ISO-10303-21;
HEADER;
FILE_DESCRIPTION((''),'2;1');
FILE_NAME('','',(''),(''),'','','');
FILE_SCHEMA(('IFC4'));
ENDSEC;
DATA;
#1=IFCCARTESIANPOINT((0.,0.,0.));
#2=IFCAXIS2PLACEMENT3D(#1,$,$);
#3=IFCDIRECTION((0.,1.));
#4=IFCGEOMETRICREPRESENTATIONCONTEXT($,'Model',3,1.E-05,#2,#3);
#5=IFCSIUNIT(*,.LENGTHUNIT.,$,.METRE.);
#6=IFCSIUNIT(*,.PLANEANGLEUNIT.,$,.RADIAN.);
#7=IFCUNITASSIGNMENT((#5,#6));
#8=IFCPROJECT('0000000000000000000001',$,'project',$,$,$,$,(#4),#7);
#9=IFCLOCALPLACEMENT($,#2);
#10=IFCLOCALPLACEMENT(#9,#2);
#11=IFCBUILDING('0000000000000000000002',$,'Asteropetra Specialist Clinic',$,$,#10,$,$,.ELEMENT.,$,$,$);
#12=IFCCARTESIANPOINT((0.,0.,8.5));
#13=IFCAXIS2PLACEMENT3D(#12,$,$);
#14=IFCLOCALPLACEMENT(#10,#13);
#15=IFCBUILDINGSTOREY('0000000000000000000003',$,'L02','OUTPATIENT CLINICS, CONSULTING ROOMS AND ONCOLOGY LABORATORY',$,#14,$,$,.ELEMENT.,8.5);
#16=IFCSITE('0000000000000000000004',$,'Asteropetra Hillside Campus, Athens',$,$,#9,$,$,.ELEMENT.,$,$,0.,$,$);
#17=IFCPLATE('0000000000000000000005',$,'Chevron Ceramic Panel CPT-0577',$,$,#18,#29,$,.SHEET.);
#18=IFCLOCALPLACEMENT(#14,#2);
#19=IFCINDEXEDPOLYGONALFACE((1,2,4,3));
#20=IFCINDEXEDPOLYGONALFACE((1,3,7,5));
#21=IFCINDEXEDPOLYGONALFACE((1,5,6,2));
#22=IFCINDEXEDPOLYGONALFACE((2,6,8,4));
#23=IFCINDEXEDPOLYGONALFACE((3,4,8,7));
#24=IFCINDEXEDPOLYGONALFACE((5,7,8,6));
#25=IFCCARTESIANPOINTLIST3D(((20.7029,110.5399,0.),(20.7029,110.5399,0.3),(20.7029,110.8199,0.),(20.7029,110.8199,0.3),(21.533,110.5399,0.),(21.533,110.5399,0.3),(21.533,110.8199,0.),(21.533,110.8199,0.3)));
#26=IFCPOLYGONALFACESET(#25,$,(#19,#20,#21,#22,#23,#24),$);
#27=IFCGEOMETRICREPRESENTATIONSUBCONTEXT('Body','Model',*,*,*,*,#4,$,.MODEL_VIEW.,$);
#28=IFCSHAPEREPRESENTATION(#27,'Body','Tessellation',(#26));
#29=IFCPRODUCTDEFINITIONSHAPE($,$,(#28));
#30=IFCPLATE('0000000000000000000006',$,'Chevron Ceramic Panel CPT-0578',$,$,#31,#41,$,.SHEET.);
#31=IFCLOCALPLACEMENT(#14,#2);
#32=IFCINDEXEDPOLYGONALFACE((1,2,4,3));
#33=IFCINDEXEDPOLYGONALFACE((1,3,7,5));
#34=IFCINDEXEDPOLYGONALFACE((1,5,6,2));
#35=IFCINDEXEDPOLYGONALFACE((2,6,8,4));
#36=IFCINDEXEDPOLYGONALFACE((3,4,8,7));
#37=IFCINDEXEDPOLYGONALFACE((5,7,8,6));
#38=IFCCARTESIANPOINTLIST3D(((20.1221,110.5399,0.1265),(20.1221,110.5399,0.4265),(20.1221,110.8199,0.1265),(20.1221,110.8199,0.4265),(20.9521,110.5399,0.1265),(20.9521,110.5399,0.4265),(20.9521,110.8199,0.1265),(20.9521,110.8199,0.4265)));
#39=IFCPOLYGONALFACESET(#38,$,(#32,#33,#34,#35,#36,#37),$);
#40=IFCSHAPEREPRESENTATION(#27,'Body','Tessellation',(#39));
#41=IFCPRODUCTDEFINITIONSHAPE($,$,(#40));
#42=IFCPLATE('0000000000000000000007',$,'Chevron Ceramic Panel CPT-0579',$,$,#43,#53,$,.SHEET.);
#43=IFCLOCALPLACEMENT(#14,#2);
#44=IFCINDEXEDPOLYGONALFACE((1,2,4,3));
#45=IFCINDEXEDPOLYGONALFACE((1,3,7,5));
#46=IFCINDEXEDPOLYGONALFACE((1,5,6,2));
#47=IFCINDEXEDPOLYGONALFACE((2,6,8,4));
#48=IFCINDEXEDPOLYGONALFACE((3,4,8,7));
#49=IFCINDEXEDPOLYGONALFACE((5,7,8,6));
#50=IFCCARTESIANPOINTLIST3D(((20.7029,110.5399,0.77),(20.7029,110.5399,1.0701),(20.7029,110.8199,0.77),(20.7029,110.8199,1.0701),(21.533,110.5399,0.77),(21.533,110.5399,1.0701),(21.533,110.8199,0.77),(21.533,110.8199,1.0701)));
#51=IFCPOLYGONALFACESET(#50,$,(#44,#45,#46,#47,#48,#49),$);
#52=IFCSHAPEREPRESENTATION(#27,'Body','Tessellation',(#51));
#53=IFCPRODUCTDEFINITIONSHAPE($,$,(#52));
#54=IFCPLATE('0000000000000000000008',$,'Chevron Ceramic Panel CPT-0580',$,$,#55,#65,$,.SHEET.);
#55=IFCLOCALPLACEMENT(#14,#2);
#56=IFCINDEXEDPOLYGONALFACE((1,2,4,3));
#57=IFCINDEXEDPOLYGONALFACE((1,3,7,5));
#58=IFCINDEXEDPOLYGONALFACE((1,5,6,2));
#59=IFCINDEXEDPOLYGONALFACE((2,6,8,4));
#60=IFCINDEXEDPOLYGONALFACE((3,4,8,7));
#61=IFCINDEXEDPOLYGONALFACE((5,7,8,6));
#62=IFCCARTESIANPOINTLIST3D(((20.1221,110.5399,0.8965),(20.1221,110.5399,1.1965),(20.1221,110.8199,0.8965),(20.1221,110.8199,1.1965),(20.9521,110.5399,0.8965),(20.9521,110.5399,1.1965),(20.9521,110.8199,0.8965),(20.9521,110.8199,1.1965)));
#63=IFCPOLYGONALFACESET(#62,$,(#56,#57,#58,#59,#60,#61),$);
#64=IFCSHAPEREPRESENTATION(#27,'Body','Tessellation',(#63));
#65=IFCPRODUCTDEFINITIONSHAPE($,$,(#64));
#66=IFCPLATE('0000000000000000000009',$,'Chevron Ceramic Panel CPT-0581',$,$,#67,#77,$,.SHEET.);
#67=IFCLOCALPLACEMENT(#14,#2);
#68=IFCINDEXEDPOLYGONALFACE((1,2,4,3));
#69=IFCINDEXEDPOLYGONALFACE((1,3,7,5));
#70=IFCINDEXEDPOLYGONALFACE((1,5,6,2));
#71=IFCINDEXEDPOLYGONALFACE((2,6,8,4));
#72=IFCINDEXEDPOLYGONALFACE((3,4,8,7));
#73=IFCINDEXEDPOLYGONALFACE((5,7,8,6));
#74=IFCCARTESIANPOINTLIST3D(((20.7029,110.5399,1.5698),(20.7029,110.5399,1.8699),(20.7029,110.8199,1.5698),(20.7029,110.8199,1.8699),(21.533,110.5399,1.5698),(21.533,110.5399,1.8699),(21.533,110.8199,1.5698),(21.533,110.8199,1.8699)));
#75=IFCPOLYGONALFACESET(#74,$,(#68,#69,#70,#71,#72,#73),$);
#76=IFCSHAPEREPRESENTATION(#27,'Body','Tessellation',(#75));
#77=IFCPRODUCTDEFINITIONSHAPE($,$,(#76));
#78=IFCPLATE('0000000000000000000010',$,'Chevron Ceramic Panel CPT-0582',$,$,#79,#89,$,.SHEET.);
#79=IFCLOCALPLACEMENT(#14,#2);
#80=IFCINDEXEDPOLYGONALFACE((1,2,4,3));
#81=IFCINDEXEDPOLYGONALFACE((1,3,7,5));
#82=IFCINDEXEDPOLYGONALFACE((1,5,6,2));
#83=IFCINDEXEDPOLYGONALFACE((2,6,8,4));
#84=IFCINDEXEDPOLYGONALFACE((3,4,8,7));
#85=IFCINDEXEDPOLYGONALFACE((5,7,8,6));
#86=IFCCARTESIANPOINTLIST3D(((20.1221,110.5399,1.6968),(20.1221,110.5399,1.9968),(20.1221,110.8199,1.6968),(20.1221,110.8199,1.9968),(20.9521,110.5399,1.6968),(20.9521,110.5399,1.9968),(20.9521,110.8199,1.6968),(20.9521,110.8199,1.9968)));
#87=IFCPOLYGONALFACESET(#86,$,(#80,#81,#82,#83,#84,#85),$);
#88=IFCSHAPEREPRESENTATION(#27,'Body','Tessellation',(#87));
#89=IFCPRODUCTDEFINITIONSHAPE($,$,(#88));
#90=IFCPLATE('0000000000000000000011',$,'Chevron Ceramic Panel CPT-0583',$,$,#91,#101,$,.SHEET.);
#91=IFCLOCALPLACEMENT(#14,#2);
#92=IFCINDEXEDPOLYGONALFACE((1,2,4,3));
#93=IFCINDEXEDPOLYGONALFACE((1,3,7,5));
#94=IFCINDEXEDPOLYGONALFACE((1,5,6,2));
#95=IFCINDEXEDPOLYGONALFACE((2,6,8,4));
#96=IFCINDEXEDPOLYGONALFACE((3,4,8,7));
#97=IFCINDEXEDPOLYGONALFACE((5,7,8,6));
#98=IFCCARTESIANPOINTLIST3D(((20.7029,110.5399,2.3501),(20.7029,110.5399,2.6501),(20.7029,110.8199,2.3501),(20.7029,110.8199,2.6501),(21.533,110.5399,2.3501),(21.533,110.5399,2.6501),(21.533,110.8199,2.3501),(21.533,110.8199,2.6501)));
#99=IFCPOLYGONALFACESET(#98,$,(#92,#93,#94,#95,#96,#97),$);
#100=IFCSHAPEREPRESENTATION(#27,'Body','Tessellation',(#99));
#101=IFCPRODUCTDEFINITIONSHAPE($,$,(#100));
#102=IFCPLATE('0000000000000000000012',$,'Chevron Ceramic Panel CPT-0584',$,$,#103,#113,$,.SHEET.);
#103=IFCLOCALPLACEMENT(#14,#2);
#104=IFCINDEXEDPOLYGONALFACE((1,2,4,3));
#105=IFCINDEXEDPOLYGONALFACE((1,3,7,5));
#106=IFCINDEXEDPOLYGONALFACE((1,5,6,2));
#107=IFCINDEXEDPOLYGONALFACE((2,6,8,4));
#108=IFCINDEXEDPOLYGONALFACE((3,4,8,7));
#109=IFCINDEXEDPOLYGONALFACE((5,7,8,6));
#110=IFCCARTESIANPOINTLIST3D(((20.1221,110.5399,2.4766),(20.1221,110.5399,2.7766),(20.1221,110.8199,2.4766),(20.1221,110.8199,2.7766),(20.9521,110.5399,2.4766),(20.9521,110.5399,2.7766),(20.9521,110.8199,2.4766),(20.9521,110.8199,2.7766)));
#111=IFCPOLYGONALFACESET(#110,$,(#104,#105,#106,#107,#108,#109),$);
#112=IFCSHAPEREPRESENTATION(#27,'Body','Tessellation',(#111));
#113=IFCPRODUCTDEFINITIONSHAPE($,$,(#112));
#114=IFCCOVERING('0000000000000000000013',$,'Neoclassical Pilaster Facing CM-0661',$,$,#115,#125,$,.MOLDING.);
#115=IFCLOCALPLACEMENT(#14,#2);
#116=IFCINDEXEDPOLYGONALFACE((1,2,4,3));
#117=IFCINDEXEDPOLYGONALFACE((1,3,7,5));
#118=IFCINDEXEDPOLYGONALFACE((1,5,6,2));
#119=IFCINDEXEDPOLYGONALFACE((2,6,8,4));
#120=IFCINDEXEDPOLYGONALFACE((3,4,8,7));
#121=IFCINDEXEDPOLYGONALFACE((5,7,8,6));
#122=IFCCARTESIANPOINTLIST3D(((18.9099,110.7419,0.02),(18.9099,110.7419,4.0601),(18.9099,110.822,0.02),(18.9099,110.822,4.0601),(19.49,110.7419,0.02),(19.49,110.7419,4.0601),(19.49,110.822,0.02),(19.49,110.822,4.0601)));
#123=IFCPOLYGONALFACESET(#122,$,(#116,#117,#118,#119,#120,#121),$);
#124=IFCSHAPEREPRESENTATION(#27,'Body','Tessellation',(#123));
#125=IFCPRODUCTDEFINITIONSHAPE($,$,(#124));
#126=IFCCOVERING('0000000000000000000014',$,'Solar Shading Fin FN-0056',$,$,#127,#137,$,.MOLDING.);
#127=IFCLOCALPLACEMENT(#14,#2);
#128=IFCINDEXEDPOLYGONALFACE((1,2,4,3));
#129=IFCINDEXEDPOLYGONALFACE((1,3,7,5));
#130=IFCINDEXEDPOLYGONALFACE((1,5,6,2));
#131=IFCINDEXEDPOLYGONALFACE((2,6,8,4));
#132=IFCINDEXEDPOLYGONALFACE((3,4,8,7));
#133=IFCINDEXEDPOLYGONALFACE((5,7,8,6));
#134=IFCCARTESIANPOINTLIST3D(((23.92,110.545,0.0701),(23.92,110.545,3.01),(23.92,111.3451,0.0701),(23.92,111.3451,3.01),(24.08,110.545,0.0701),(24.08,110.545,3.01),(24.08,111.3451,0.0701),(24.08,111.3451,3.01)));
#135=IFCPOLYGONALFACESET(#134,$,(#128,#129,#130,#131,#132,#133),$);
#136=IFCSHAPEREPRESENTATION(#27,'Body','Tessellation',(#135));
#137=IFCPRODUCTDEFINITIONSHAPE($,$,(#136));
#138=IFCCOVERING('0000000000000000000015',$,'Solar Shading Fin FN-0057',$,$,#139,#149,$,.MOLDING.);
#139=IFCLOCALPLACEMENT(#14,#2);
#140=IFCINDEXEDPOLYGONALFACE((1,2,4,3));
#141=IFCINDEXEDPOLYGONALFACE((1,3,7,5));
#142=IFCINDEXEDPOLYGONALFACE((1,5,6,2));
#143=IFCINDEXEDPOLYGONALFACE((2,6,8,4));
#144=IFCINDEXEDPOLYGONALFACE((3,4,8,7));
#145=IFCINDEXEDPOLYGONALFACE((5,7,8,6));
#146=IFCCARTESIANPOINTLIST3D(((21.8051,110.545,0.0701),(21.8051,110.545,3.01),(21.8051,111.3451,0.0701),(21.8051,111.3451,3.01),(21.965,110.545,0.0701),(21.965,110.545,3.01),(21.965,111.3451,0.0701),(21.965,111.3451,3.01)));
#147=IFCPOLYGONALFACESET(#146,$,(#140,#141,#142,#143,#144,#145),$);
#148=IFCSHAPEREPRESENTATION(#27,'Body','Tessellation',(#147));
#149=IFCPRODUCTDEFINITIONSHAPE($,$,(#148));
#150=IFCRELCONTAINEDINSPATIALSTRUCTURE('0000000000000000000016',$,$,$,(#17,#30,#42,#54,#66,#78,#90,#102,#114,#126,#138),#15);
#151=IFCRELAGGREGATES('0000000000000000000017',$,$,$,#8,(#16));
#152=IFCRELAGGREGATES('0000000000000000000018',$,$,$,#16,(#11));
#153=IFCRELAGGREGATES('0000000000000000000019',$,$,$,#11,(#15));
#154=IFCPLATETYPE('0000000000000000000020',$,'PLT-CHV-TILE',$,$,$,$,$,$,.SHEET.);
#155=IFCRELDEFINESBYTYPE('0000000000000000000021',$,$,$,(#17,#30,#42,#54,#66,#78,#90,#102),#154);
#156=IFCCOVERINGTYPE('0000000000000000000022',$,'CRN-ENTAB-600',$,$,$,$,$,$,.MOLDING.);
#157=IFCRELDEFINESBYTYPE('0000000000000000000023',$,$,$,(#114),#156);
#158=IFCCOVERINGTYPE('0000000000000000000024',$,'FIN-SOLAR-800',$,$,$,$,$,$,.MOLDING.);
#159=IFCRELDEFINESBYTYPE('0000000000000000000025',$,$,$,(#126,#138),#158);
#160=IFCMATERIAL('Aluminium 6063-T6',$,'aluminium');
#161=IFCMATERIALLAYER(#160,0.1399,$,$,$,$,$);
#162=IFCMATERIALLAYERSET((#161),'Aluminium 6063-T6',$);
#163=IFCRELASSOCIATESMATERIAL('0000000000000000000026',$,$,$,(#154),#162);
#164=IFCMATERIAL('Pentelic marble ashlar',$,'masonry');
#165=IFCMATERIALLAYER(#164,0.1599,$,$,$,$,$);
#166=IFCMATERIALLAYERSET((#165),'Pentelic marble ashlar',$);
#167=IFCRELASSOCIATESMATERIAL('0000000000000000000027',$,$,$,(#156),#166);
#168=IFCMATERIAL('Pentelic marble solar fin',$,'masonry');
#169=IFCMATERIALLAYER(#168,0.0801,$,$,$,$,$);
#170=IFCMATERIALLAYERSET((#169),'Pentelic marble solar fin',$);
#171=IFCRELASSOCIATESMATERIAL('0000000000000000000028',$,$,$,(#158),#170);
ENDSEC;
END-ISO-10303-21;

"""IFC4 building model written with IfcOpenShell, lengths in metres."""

from ifc_helpers import new_model, si_unit, direction, frame, origin, origin_2d, place, context, subcontext, project, spatial, rectangle, extrude, material, layer, layer_set, type_object, element, save


model = new_model("IFC4")

# Units and contexts
model_context = context("Model", 3, precision=1e-05, world=origin(), true_north=direction((0.0, 1.0)))
body_context = subcontext(model_context, "Body", "Model", "MODEL_VIEW")
ifc_project = project(units=[si_unit("LENGTHUNIT", "METRE"), si_unit("PLANEANGLEUNIT", "RADIAN")], contexts=[model_context])

# Site, building, storey
site_placement = place(None, origin())
site = spatial("IfcSite", under=ifc_project, at=site_placement, Name="Asteropetra Hillside Campus, Athens", CompositionType="ELEMENT", RefElevation=0.0)
building_placement = place(site_placement, origin())
building = spatial("IfcBuilding", under=site, at=building_placement, Name="Asteropetra Specialist Clinic", CompositionType="ELEMENT")
storey_placement = place(building_placement, frame((0.0, 0.0, 8.5)))
storey = spatial("IfcBuildingStorey", under=building, at=storey_placement, Name="L02", Description="OUTPATIENT CLINICS, CONSULTING ROOMS AND ONCOLOGY LABORATORY", CompositionType="ELEMENT", Elevation=8.5)

# Plates
ifc_material_1 = material(Name="Aluminium 6063-T6", Category="aluminium")
ifc_layer_1 = layer(ifc_material_1, 0.1399)
ifc_layer_set_1 = layer_set([ifc_layer_1], Name="Aluminium 6063-T6")
plate_type = type_object("IfcPlateType", Name="PLT-CHV-TILE", PredefinedType="SHEET", material=ifc_layer_set_1)
for number, where, z_axis, x_axis, name in (
    (1, (21.1179, 110.6799, 0.0), (0.0, 0.0, 1.0), (1.0, 0.0, 0.0), "Chevron Ceramic Panel CPT-0577"),
    (2, (20.5371, 110.6799, 0.1265), (0.0, 0.0, 1.0), (1.0, 0.0, 0.0), "Chevron Ceramic Panel CPT-0578"),
    (3, (21.1179, 110.6799, 0.77), (0.0, 0.0, 1.0), (1.0, 0.0, 0.0), "Chevron Ceramic Panel CPT-0579"),
    (4, (20.5371, 110.6799, 0.8965), (0.0, 0.0, 1.0), (1.0, 0.0, 0.0), "Chevron Ceramic Panel CPT-0580"),
    (5, (21.1179, 110.6799, 1.5698), (0.0, 0.0, 1.0), (1.0, 0.0, 0.0), "Chevron Ceramic Panel CPT-0581"),
    (6, (20.5371, 110.6799, 1.6968), (0.0, 0.0, 1.0), (1.0, 0.0, 0.0), "Chevron Ceramic Panel CPT-0582"),
    (7, (21.1179, 110.6799, 2.3501), (0.0, 0.0, 1.0), (1.0, 0.0, 0.0), "Chevron Ceramic Panel CPT-0583"),
    (8, (20.5371, 110.6799, 2.4766), (0.0, 0.0, 1.0), (1.0, 0.0, 0.0), "Chevron Ceramic Panel CPT-0584"),
):
    element("IfcPlate", number, at=place(storey_placement, frame(where, z_axis=z_axis, x_axis=x_axis)), inside=storey, type_object=plate_type, Name=name, PredefinedType="SHEET", context=body_context, shape_type="SweptSolid", body=[
        extrude(rectangle(XDim=0.8301, YDim=0.28, at=origin_2d()), origin(), (0.0, 0.0, 1.0), 0.3),
    ])

# Coverings
ifc_material_2 = material(Name="Pentelic marble ashlar", Category="masonry")
ifc_layer_2 = layer(ifc_material_2, 0.1599)
ifc_layer_set_2 = layer_set([ifc_layer_2], Name="Pentelic marble ashlar")
covering_type_1 = type_object("IfcCoveringType", Name="CRN-ENTAB-600", PredefinedType="MOLDING", material=ifc_layer_set_2)
covering_placement = place(storey_placement, frame((19.2, 110.782, 0.02), z_axis=(0.0, 0.0, 1.0), x_axis=(1.0, 0.0, 0.0)))
element("IfcCovering", 9, at=covering_placement, inside=storey, type_object=covering_type_1, Name="Neoclassical Pilaster Facing CM-0661", PredefinedType="MOLDING", context=body_context, shape_type="SweptSolid", body=[
    extrude(rectangle(XDim=0.5801, YDim=0.0801, at=origin_2d()), origin(), (0.0, 0.0, 1.0), 4.04),
])
ifc_material_3 = material(Name="Pentelic marble solar fin", Category="masonry")
ifc_layer_3 = layer(ifc_material_3, 0.0801)
ifc_layer_set_3 = layer_set([ifc_layer_3], Name="Pentelic marble solar fin")
covering_type_2 = type_object("IfcCoveringType", Name="FIN-SOLAR-800", PredefinedType="MOLDING", material=ifc_layer_set_3)
for number, where, z_axis, x_axis, name in (
    (10, (24.0, 110.9451, 0.0701), (0.0, 0.0, 1.0), (1.0, 0.0, 0.0), "Solar Shading Fin FN-0056"),
    (11, (21.885, 110.9451, 0.0701), (0.0, 0.0, 1.0), (1.0, 0.0, 0.0), "Solar Shading Fin FN-0057"),
):
    element("IfcCovering", number, at=place(storey_placement, frame(where, z_axis=z_axis, x_axis=x_axis)), inside=storey, type_object=covering_type_2, Name=name, PredefinedType="MOLDING", context=body_context, shape_type="SweptSolid", body=[
        extrude(rectangle(XDim=0.1599, YDim=0.8, at=origin_2d()), origin(), (0.0, 0.0, 1.0), 2.9399),
    ])

save(model, "model.ifc")
